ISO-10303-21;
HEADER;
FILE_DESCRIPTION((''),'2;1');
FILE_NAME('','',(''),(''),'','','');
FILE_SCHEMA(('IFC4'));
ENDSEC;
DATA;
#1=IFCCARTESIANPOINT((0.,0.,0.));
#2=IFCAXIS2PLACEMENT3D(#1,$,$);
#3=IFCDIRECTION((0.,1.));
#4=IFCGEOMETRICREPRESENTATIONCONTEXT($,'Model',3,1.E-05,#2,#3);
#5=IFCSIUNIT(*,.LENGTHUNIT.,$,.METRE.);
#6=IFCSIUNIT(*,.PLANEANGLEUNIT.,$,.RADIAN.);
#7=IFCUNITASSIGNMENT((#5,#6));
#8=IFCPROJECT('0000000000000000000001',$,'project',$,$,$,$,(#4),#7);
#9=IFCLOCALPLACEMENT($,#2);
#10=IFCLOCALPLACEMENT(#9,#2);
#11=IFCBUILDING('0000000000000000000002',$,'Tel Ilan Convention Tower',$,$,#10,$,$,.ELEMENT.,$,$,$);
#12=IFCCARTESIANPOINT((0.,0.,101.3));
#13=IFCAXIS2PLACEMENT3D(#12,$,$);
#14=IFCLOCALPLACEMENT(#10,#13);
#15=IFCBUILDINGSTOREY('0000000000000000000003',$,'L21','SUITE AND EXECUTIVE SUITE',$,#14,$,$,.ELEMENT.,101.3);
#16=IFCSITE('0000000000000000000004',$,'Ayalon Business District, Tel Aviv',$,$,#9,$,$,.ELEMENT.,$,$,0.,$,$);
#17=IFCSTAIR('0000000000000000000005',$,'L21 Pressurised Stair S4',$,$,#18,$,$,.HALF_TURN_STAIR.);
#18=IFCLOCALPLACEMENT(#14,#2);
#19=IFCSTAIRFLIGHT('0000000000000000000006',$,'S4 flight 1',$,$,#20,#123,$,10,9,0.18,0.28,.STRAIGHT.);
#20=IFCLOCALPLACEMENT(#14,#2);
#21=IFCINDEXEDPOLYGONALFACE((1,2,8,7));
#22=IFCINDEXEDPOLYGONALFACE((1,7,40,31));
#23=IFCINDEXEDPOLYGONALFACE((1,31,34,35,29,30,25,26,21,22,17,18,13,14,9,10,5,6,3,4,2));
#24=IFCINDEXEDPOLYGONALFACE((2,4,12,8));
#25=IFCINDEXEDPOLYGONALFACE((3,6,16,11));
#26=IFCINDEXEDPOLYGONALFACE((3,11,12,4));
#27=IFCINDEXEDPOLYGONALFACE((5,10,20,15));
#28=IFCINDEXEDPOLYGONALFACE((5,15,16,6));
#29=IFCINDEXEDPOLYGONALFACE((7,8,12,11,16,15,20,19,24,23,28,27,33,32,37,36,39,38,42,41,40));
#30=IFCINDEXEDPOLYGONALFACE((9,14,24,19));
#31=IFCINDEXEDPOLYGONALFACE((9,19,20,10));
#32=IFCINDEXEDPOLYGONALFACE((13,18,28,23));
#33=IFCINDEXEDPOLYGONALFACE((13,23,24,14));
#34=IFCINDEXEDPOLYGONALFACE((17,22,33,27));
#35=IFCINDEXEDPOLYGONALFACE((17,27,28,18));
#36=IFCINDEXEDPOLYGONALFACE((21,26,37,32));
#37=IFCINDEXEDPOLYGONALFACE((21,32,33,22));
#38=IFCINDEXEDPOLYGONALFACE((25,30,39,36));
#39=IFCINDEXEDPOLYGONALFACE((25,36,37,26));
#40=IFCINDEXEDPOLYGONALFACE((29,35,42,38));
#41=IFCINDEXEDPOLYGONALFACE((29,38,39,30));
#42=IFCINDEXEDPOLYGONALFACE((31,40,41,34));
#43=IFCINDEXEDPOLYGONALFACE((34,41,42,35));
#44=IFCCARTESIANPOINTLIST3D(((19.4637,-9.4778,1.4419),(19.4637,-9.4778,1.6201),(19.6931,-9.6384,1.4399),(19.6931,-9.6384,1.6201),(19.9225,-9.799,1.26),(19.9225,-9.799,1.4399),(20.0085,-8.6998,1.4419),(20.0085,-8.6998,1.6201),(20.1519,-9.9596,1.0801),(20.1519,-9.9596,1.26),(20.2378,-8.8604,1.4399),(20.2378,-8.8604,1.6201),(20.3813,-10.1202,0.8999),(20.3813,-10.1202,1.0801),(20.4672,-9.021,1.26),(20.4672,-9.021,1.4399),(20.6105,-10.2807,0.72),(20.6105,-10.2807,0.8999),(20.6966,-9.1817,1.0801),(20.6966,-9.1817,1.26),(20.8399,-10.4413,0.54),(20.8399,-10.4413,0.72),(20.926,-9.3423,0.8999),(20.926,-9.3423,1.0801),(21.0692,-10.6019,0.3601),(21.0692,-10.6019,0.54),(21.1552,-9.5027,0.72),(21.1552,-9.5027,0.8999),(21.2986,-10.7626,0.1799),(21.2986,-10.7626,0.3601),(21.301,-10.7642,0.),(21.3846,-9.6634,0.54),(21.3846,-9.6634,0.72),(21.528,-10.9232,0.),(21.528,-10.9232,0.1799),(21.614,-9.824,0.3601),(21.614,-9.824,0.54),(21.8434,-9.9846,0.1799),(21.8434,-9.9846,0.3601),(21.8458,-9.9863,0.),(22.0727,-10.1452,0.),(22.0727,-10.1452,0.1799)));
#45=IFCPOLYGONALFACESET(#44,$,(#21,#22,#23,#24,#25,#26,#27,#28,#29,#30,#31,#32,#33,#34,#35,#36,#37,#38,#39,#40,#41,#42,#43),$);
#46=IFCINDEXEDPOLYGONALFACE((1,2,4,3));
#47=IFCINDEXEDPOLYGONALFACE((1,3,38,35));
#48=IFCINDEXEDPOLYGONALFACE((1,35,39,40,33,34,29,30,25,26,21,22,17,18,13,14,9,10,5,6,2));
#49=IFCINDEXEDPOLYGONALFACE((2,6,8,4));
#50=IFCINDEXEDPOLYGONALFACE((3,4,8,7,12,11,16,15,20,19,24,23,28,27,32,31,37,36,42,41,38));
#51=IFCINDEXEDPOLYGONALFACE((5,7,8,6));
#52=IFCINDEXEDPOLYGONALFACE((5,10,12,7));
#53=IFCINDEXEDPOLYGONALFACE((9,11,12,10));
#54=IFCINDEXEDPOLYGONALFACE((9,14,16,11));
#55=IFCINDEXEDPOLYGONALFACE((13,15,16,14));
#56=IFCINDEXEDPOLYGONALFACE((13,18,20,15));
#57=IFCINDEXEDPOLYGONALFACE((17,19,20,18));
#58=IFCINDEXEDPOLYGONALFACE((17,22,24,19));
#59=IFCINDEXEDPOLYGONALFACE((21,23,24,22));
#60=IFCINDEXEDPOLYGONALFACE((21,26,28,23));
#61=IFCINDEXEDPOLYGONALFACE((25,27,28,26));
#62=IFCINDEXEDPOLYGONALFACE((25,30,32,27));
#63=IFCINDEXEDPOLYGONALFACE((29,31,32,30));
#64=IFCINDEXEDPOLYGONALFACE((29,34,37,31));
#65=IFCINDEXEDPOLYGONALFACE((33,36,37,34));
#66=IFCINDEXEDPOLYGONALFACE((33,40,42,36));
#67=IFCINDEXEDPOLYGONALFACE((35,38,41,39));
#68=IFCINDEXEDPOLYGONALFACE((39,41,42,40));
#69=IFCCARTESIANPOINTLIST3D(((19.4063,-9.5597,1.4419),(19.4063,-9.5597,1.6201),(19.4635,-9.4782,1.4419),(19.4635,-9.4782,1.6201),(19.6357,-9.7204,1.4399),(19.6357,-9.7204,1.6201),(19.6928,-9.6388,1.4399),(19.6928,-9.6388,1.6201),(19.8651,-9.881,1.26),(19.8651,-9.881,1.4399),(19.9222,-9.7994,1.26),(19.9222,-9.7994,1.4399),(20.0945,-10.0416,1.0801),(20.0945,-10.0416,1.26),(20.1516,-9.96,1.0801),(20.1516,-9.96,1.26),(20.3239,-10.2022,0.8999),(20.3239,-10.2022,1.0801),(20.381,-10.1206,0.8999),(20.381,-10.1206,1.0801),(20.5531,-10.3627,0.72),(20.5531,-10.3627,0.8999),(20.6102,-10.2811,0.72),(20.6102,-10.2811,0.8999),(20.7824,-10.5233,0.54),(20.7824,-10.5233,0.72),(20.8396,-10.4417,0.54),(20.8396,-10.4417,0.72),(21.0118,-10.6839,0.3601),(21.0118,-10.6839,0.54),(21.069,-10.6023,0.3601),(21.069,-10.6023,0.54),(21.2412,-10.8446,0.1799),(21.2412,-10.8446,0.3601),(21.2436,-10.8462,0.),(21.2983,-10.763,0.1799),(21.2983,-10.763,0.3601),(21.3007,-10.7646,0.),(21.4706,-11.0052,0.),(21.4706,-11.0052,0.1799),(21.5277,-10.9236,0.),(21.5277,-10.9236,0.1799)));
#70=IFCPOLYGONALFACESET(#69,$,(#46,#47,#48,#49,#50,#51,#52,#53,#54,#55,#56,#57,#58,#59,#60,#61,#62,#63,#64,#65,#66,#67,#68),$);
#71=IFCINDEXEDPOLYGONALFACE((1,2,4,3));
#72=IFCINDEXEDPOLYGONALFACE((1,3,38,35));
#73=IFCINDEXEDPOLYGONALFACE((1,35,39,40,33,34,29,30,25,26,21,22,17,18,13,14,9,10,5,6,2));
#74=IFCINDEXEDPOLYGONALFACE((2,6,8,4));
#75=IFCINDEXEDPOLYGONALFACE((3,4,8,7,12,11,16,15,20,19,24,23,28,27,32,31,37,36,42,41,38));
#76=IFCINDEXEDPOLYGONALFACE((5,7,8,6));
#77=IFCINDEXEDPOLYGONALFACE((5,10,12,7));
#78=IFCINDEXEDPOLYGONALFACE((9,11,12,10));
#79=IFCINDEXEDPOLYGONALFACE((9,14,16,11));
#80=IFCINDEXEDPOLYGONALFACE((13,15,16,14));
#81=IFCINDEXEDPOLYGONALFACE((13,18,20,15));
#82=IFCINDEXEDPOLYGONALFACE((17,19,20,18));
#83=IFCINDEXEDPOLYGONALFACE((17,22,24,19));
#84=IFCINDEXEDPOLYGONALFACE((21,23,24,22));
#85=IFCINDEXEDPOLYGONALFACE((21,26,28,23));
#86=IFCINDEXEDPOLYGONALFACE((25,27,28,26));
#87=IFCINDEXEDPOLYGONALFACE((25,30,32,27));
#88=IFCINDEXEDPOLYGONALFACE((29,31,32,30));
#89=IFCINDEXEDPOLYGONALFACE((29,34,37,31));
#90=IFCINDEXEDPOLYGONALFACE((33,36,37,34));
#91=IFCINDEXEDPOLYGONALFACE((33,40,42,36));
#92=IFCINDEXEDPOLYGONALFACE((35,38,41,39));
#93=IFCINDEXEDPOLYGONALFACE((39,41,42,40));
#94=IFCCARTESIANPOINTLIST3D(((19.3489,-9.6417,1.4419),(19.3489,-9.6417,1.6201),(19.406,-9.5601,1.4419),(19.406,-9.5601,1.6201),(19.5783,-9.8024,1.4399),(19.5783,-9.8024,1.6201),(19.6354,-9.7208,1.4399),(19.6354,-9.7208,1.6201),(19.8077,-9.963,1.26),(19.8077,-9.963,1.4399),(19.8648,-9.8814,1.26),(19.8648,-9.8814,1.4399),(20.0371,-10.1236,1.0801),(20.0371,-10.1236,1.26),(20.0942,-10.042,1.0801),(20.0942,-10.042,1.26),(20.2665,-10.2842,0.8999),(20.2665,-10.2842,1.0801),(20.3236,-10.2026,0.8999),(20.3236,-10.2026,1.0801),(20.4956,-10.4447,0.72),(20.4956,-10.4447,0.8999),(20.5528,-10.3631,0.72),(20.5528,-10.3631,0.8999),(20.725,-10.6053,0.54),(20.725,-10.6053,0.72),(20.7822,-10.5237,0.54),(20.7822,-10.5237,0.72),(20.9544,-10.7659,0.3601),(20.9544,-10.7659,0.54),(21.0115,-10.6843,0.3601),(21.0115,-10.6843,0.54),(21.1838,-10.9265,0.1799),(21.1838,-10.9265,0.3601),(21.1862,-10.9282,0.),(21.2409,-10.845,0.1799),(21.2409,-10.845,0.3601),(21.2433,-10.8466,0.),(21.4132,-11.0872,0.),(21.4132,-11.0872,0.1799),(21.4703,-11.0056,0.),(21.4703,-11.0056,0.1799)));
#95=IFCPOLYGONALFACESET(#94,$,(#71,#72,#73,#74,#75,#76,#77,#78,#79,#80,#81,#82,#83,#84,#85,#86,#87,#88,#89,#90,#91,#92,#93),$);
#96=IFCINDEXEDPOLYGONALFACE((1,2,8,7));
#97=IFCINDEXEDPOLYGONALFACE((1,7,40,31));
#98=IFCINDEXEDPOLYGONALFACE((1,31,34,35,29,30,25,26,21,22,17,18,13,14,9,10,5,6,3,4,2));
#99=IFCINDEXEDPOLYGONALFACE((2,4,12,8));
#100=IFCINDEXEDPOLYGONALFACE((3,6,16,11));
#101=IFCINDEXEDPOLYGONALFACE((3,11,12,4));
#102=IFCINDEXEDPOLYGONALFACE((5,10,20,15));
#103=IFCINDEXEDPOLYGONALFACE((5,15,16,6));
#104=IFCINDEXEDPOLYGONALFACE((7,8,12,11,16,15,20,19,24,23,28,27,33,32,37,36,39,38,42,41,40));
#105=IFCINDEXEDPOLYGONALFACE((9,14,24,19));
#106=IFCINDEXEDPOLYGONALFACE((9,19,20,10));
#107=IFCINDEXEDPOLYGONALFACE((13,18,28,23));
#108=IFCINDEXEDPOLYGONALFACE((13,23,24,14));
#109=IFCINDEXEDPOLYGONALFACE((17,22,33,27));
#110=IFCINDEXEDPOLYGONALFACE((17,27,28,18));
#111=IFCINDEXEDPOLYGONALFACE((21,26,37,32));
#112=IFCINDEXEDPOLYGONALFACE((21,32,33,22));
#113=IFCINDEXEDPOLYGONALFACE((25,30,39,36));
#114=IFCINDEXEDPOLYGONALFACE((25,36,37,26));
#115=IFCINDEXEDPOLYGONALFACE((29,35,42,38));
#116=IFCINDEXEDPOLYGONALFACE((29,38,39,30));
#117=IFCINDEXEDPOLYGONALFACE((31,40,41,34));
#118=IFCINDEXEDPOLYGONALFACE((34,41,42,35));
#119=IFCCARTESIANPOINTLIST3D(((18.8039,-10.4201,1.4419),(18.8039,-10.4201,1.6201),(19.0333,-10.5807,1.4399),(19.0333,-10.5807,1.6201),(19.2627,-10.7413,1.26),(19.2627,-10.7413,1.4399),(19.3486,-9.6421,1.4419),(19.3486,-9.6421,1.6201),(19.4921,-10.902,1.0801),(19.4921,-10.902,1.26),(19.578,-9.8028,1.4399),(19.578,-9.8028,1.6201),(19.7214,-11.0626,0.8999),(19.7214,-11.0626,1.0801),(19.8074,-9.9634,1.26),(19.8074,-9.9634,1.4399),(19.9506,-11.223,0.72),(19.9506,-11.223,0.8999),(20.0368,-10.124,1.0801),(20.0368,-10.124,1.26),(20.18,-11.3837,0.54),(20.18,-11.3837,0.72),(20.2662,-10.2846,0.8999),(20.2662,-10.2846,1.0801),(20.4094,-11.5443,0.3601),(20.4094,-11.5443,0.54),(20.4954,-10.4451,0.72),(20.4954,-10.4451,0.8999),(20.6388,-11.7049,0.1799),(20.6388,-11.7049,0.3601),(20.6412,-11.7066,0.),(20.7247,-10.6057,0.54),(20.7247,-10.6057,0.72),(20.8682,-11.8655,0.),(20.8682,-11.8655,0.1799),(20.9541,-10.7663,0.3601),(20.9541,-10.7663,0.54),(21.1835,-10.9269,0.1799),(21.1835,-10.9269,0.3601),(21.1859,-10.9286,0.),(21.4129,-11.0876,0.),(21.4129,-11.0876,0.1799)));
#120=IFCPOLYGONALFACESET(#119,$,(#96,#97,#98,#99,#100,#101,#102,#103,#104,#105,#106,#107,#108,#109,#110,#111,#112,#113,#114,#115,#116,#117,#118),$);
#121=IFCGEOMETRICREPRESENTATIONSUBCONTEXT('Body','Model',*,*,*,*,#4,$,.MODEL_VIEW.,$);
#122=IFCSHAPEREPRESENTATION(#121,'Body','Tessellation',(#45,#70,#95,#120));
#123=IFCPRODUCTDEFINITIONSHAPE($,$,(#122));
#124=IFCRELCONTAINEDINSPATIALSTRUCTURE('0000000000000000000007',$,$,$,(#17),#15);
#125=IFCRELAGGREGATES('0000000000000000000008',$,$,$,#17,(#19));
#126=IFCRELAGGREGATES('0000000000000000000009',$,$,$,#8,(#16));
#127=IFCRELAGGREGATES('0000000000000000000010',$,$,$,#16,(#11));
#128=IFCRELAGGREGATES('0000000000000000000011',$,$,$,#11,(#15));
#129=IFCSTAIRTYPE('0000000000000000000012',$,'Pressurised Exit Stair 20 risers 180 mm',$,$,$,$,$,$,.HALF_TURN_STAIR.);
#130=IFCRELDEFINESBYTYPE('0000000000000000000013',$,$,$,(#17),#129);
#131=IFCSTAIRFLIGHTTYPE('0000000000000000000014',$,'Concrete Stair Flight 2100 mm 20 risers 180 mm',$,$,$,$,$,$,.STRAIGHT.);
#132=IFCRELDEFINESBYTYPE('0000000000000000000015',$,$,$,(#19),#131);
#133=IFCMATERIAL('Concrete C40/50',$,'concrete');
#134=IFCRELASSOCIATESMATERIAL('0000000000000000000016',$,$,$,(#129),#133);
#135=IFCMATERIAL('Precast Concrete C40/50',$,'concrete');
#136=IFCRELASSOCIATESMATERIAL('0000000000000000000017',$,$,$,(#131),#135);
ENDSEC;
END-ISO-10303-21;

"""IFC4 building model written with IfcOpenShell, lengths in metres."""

from ifc_helpers import new_model, si_unit, direction, frame, origin, place, context, subcontext, project, spatial, polyline, outline, extrude, material, type_object, element, aggregate, save


model = new_model("IFC4")

# Units and contexts
model_context = context("Model", 3, precision=1e-05, world=origin(), true_north=direction((0.0, 1.0)))
body_context = subcontext(model_context, "Body", "Model", "MODEL_VIEW")
ifc_project = project(units=[si_unit("LENGTHUNIT", "METRE"), si_unit("PLANEANGLEUNIT", "RADIAN")], contexts=[model_context])

# Site, building, storey
site_placement = place(None, origin())
site = spatial("IfcSite", under=ifc_project, at=site_placement, Name="Ayalon Business District, Tel Aviv", CompositionType="ELEMENT", RefElevation=0.0)
building_placement = place(site_placement, origin())
building = spatial("IfcBuilding", under=site, at=building_placement, Name="Tel Ilan Convention Tower", CompositionType="ELEMENT")
storey_placement = place(building_placement, frame((0.0, 0.0, 101.3)))
storey = spatial("IfcBuildingStorey", under=building, at=storey_placement, Name="L21", Description="SUITE AND EXECUTIVE SUITE", CompositionType="ELEMENT", Elevation=101.3)

# Shared definitions
ifc_material_1 = material(Name="Concrete C40/50", Category="concrete")
stair_type = type_object("IfcStairType", Name="Pressurised Exit Stair 20 risers 180 mm", PredefinedType="HALF_TURN_STAIR", material=ifc_material_1)
ifc_material_2 = material(Name="Precast Concrete C40/50", Category="concrete")
stair_flight_type = type_object("IfcStairFlightType", Name="Concrete Stair Flight 2100 mm 20 risers 180 mm", PredefinedType="STRAIGHT", material=ifc_material_2)

# Stair, stair flight
stair_1_placement = place(storey_placement, origin())
stair_1 = element("IfcStair", 1, at=stair_1_placement, inside=storey, type_object=stair_type, Name="L21 Pressurised Stair S4", PredefinedType="HALF_TURN_STAIR")
stair_flight_1_placement = place(storey_placement, frame((21.4705, -11.0054, 0.0), z_axis=(0.0, 0.0, 1.0), x_axis=(-0.819152, 0.573576, 0.0)))
stair_flight_1 = element("IfcStairFlight", 2, at=stair_flight_1_placement, type_object=stair_flight_type, Name="S4 flight 1", NumberOfRisers=10, NumberOfTreads=9, PredefinedType="STRAIGHT", RiserHeight=0.18, TreadLength=0.28, context=body_context, shape_type="SweptSolid", body=[
    extrude(outline(polyline([(0.0, 0.0), (0.0, 0.1799), (0.28, 0.1799), (0.28, 0.3601), (0.5601, 0.3601), (0.5601, 0.54), (0.8401, 0.54), (0.8401, 0.72), (1.1201, 0.72), (1.1201, 0.8999), (1.3999, 0.8999), (1.3999, 1.0801), (1.6799, 1.0801), (1.6799, 1.26), (1.96, 1.26), (1.96, 1.4399), (2.24, 1.4399), (2.24, 1.6201), (2.52, 1.6201), (2.52, 1.8), (2.52, 1.4419), (0.2771, 0.0), (0.0, 0.0)])), frame((0.0, -0.1003, 0.0), z_axis=(0.0, -1.0, 0.0), x_axis=(1.0, 0.0, 0.0)), (0.0, 0.0, 1.0), 0.9497),
    extrude(outline(polyline([(0.0, 0.0), (0.0, 0.1799), (0.28, 0.1799), (0.28, 0.3601), (0.5601, 0.3601), (0.5601, 0.54), (0.8401, 0.54), (0.8401, 0.72), (1.1201, 0.72), (1.1201, 0.8999), (1.3999, 0.8999), (1.3999, 1.0801), (1.6799, 1.0801), (1.6799, 1.26), (1.96, 1.26), (1.96, 1.4399), (2.24, 1.4399), (2.24, 1.6201), (2.52, 1.6201), (2.52, 1.8), (2.52, 1.4419), (0.2771, 0.0), (0.0, 0.0)])), frame((0.0, -0.0002, 0.0), z_axis=(0.0, -1.0, 0.0), x_axis=(1.0, 0.0, 0.0)), (0.0, 0.0, 1.0), 0.0996),
    extrude(outline(polyline([(0.0, 0.0), (0.0, 0.1799), (0.28, 0.1799), (0.28, 0.3601), (0.5601, 0.3601), (0.5601, 0.54), (0.8401, 0.54), (0.8401, 0.72), (1.1201, 0.72), (1.1201, 0.8999), (1.3999, 0.8999), (1.3999, 1.0801), (1.6799, 1.0801), (1.6799, 1.26), (1.96, 1.26), (1.96, 1.4399), (2.24, 1.4399), (2.24, 1.6201), (2.52, 1.6201), (2.52, 1.8), (2.52, 1.4419), (0.2771, 0.0), (0.0, 0.0)])), frame((0.0, 0.0999, 0.0), z_axis=(0.0, -1.0, 0.0), x_axis=(1.0, 0.0, 0.0)), (0.0, 0.0, 1.0), 0.0996),
    extrude(outline(polyline([(0.0, 0.0), (0.0, 0.1799), (0.28, 0.1799), (0.28, 0.3601), (0.5601, 0.3601), (0.5601, 0.54), (0.8401, 0.54), (0.8401, 0.72), (1.1201, 0.72), (1.1201, 0.8999), (1.3999, 0.8999), (1.3999, 1.0801), (1.6799, 1.0801), (1.6799, 1.26), (1.96, 1.26), (1.96, 1.4399), (2.24, 1.4399), (2.24, 1.6201), (2.52, 1.6201), (2.52, 1.8), (2.52, 1.4419), (0.2771, 0.0), (0.0, 0.0)])), frame((0.0, 1.05, 0.0), z_axis=(0.0, -1.0, 0.0), x_axis=(1.0, 0.0, 0.0)), (0.0, 0.0, 1.0), 0.9497),
])
aggregate(stair_1, [stair_flight_1])

save(model, "model.ifc")
